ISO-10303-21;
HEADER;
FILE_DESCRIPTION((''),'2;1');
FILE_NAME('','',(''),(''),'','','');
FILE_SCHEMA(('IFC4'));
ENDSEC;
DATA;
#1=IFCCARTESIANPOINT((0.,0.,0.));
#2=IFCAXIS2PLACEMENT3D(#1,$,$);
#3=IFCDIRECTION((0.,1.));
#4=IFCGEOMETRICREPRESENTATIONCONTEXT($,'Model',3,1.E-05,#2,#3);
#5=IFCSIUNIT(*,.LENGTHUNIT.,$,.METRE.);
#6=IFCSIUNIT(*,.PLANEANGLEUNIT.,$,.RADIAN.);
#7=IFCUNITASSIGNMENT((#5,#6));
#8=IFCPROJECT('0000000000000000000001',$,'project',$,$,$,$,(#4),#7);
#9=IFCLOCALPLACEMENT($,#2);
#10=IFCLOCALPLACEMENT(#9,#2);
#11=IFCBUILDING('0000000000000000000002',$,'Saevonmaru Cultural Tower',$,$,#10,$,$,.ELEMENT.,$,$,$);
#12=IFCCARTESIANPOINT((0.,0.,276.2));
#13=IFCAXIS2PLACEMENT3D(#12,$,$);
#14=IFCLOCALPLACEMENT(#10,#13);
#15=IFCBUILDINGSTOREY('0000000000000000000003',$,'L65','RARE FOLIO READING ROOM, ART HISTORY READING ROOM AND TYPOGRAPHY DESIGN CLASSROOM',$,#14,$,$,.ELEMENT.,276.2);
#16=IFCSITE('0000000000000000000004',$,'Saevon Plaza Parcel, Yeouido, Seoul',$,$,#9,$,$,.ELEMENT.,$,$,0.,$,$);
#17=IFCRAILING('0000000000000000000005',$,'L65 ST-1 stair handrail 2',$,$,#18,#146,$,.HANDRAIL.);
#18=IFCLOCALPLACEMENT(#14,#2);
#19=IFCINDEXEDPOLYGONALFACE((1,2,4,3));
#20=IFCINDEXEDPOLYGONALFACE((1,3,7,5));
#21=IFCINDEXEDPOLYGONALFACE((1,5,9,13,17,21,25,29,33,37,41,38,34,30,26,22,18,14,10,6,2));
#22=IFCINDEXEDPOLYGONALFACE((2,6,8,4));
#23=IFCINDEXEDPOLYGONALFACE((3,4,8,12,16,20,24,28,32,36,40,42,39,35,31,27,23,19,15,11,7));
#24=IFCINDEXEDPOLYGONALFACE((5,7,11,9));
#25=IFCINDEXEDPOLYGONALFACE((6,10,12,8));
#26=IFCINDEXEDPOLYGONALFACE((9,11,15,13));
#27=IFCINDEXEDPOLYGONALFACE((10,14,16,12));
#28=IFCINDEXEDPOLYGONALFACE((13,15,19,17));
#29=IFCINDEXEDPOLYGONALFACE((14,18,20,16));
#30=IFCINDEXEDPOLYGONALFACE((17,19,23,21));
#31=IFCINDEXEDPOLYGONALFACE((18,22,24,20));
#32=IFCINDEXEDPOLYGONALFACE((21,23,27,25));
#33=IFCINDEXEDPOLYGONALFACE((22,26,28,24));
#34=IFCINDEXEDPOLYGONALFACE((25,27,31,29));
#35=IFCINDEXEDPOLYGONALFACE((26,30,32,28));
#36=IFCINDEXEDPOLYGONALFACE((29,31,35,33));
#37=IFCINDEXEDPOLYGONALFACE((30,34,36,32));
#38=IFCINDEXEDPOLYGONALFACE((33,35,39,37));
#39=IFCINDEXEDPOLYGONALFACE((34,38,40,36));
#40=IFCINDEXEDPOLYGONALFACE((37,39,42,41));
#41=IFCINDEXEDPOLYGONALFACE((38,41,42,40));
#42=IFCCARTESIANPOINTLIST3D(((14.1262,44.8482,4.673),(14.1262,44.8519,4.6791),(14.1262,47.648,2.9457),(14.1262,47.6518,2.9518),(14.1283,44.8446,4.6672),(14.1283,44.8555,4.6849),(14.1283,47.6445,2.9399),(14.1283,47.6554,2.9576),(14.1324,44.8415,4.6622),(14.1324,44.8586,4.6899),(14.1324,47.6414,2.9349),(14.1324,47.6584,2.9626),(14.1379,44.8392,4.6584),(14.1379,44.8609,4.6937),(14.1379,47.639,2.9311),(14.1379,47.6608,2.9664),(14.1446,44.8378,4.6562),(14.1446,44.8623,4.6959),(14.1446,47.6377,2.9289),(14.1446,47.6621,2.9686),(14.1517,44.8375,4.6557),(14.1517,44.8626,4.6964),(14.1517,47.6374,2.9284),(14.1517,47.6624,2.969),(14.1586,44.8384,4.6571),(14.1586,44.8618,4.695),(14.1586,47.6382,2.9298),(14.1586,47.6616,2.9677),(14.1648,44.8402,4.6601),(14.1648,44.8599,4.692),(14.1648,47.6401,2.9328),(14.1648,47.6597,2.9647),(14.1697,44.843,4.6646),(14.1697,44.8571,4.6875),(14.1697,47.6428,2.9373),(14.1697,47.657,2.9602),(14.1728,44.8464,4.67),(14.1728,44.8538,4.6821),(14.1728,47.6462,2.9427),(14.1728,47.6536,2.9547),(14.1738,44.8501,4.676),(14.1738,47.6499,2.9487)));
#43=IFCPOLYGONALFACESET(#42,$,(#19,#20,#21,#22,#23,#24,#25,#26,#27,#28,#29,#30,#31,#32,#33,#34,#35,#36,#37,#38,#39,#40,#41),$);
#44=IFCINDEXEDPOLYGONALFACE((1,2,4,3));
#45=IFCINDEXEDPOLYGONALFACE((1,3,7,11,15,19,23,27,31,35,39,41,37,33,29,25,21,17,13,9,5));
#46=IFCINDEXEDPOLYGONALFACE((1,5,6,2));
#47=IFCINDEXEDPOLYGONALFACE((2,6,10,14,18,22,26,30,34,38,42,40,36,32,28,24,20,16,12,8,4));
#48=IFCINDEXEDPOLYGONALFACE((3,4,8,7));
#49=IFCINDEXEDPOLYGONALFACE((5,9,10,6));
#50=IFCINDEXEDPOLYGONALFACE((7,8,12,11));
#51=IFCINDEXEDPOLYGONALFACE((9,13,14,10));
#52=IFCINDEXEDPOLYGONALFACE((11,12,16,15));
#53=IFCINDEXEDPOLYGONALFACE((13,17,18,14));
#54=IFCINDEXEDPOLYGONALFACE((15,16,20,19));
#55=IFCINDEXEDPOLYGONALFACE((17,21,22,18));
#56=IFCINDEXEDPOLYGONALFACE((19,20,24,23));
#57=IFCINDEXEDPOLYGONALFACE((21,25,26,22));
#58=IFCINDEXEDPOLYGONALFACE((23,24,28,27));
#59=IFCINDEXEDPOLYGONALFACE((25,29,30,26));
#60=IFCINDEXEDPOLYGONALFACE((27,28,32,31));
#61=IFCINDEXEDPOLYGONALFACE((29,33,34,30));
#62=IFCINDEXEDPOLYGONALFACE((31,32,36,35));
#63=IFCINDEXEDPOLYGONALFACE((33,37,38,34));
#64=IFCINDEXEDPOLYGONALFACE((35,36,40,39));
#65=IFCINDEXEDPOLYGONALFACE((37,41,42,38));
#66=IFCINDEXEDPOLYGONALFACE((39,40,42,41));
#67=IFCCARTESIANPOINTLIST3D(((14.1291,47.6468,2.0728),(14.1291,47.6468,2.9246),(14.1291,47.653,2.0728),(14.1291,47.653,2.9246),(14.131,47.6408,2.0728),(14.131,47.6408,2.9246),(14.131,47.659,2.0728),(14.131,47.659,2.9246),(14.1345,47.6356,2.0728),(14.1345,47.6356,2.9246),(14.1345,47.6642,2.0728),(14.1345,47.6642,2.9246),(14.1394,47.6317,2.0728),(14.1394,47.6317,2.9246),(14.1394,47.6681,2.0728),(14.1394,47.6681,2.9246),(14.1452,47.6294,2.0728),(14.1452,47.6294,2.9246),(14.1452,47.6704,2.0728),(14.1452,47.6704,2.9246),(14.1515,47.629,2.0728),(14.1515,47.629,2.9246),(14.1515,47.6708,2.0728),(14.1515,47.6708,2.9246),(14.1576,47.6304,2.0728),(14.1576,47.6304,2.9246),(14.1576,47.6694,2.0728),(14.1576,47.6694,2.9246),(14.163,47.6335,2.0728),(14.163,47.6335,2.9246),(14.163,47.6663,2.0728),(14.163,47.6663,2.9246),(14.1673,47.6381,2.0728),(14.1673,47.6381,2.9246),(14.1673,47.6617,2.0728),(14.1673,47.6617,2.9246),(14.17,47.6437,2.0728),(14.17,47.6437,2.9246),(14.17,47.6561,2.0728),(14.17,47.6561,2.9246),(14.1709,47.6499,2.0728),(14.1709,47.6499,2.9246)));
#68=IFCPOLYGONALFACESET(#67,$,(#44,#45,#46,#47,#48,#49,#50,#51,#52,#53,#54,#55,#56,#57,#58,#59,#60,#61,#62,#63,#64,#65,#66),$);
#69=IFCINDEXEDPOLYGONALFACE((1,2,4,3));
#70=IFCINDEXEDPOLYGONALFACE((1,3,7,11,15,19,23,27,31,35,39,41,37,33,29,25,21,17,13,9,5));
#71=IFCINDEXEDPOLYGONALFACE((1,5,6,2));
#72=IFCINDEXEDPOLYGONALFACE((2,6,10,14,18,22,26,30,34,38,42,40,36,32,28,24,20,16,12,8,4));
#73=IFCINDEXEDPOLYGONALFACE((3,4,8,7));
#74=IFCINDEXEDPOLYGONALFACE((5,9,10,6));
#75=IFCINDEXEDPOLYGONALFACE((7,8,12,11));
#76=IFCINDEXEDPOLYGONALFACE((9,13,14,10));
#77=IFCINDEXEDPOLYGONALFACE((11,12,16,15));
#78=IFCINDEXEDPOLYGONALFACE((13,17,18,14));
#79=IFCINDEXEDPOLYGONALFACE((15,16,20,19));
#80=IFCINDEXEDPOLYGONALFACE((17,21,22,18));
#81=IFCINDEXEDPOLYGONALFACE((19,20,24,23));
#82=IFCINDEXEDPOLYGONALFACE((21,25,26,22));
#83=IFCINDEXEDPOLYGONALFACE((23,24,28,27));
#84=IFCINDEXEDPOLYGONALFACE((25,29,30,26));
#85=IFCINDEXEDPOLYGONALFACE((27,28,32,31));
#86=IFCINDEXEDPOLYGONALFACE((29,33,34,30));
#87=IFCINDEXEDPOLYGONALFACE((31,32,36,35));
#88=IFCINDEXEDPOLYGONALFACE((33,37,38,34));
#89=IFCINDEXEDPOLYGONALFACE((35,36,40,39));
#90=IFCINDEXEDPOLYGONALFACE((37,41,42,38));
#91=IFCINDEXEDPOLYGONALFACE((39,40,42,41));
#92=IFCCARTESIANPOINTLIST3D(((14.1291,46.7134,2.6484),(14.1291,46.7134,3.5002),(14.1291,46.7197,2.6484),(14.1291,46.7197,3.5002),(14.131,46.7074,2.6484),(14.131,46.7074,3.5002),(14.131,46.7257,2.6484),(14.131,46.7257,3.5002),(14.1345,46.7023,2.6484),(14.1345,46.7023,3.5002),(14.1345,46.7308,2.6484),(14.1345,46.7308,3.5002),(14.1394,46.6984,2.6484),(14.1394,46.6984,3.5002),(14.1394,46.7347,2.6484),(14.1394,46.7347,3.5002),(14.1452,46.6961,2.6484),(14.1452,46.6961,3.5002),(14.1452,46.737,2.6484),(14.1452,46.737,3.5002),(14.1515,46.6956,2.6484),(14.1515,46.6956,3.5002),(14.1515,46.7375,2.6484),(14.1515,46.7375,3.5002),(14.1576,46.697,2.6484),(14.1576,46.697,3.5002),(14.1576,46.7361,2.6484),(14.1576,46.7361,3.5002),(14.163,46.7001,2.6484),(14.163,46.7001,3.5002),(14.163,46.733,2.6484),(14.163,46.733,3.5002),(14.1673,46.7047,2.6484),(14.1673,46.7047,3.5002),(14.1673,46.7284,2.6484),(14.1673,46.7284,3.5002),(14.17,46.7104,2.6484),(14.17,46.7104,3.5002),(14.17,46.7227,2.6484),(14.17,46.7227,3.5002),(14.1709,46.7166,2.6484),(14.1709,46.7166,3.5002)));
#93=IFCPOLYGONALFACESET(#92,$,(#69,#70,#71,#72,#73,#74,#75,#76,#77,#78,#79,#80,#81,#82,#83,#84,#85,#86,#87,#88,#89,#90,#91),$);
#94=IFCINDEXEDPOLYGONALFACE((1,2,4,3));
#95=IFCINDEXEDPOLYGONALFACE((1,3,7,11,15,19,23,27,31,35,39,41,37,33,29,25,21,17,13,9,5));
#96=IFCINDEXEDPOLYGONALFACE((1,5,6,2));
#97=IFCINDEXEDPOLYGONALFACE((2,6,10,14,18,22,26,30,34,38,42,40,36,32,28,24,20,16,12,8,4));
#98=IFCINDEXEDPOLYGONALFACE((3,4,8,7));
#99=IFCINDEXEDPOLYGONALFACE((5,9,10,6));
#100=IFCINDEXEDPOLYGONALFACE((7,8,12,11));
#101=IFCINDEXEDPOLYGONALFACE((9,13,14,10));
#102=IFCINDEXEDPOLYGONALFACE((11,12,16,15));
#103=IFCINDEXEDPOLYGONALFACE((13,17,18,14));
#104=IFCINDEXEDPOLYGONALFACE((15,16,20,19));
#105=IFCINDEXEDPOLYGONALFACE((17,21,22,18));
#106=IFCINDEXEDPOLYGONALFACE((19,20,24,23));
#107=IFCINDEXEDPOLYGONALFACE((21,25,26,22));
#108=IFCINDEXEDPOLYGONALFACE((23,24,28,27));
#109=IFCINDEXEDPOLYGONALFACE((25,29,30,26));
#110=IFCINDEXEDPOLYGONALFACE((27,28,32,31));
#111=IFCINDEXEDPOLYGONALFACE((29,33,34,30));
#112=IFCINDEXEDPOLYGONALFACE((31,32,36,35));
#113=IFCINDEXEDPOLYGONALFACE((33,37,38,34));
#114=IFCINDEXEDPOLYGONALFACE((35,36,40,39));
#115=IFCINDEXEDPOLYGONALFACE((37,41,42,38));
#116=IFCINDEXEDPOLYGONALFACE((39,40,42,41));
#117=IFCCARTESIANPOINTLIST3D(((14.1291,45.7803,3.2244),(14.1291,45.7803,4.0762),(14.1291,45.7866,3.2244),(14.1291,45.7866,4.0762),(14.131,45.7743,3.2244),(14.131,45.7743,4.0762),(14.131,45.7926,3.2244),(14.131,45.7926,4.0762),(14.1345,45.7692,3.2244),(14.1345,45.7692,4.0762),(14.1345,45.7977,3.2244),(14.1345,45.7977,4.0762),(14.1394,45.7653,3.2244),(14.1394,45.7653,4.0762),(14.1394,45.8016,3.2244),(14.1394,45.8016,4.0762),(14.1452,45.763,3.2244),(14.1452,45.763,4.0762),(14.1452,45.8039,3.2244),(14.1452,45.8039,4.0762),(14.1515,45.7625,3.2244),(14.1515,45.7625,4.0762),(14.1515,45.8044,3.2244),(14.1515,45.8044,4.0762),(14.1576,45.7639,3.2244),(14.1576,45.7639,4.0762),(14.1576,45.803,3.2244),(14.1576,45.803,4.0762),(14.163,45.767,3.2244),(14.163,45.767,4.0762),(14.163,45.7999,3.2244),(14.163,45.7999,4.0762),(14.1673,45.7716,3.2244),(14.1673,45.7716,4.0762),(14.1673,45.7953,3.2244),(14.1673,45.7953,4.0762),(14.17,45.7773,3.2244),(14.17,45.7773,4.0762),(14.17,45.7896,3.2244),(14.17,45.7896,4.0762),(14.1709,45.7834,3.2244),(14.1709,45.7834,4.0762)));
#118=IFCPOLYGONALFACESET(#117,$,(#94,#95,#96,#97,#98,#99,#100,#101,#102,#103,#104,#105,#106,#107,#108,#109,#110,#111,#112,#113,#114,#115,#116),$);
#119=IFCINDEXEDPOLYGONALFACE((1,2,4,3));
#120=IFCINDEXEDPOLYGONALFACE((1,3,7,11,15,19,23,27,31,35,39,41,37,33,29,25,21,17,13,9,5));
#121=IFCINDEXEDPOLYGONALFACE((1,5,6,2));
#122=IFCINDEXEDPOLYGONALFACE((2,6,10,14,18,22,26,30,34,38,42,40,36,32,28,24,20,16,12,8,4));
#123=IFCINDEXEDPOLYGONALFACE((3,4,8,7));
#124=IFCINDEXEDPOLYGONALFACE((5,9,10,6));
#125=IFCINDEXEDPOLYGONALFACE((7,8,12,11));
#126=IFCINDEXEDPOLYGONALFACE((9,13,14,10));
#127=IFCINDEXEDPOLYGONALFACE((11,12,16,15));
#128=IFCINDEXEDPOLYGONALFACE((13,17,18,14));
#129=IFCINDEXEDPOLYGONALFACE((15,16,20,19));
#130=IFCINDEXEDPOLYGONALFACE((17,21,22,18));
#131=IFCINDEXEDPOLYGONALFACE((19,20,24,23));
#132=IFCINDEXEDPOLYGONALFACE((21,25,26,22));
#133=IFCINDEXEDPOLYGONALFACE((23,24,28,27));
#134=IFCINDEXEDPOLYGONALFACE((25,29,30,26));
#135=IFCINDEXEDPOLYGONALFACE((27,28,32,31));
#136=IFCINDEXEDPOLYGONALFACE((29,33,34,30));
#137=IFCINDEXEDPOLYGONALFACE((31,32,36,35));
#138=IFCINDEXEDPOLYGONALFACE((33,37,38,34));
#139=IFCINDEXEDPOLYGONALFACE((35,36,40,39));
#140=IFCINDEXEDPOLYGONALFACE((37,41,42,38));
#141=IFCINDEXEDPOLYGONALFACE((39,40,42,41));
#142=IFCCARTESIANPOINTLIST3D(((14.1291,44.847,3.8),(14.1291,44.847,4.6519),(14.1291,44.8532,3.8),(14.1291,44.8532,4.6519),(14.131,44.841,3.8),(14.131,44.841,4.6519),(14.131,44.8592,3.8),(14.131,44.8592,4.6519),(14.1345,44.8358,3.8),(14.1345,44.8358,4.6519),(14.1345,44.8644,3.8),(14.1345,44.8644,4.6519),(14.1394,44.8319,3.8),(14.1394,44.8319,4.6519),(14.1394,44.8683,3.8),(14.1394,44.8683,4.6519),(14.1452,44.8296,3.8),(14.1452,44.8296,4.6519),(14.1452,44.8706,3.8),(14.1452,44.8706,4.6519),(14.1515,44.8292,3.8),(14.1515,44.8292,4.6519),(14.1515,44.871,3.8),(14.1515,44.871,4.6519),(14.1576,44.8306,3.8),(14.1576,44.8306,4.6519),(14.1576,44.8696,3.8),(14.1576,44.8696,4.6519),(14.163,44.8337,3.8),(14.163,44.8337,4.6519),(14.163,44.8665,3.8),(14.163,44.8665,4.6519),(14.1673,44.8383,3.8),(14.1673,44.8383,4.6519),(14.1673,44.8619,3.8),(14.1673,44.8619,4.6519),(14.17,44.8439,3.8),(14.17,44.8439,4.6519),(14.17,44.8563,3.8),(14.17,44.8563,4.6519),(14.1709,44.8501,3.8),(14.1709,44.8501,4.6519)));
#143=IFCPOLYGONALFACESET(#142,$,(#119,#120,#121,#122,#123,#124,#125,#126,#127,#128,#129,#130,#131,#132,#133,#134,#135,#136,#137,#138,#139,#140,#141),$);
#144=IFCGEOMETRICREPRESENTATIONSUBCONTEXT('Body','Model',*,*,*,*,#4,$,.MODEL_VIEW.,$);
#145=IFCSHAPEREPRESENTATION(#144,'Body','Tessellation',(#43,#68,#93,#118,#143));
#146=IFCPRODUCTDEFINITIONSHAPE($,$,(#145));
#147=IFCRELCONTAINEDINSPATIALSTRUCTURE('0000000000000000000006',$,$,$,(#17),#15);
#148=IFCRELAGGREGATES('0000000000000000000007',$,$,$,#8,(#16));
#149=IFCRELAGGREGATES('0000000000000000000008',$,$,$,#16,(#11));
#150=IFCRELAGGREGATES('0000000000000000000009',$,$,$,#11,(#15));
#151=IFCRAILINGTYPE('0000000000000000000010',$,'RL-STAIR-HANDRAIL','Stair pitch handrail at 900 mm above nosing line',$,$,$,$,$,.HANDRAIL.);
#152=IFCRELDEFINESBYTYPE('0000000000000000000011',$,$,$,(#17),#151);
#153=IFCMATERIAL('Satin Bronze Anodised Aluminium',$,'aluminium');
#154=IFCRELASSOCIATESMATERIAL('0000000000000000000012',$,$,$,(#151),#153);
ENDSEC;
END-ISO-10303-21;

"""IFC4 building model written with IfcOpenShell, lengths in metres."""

from ifc_helpers import new_model, si_unit, direction, frame, origin, origin_2d, place, context, subcontext, project, spatial, circle, extrude, material, type_object, element, save


model = new_model("IFC4")

# Units and contexts
model_context = context("Model", 3, precision=1e-05, world=origin(), true_north=direction((0.0, 1.0)))
body_context = subcontext(model_context, "Body", "Model", "MODEL_VIEW")
ifc_project = project(units=[si_unit("LENGTHUNIT", "METRE"), si_unit("PLANEANGLEUNIT", "RADIAN")], contexts=[model_context])

# Site, building, storey
site_placement = place(None, origin())
site = spatial("IfcSite", under=ifc_project, at=site_placement, Name="Saevon Plaza Parcel, Yeouido, Seoul", CompositionType="ELEMENT", RefElevation=0.0)
building_placement = place(site_placement, origin())
building = spatial("IfcBuilding", under=site, at=building_placement, Name="Saevonmaru Cultural Tower", CompositionType="ELEMENT")
storey_placement = place(building_placement, frame((0.0, 0.0, 276.2)))
storey = spatial("IfcBuildingStorey", under=building, at=storey_placement, Name="L65", Description="RARE FOLIO READING ROOM, ART HISTORY READING ROOM AND TYPOGRAPHY DESIGN CLASSROOM", CompositionType="ELEMENT", Elevation=276.2)

# Shared definitions
ifc_material_1 = material(Name="Satin Bronze Anodised Aluminium", Category="aluminium")

# Railing
railing_type_1 = type_object("IfcRailingType", Name="RL-STAIR-HANDRAIL", Description="Stair pitch handrail at 900 mm above nosing line", PredefinedType="HANDRAIL", material=ifc_material_1)
railing_1_placement = place(storey_placement, frame((14.1499, 47.6499, 2.0728)))
element("IfcRailing", 1, at=railing_1_placement, inside=storey, type_object=railing_type_1, Name="L65 ST-1 stair handrail 2", PredefinedType="HANDRAIL", context=body_context, shape_type="SweptSolid", body=[
    extrude(circle(Radius=0.0239, at=origin_2d()), frame((0.0, 0.0, 0.876), z_axis=(0.0, -0.851069, 0.525054), x_axis=(1.0, 0.0, 0.0)), (0.0, 0.0, 1.0), 3.2898),
    extrude(circle(Radius=0.021, at=origin_2d()), origin(), (0.0, 0.0, 1.0), 0.8518),
    extrude(circle(Radius=0.021, at=origin_2d()), frame((0.0, -0.9333, 0.5757)), (0.0, 0.0, 1.0), 0.8518),
    extrude(circle(Radius=0.021, at=origin_2d()), frame((0.0, -1.8665, 1.1516)), (0.0, 0.0, 1.0), 0.8518),
    extrude(circle(Radius=0.021, at=origin_2d()), frame((0.0, -2.7998, 1.7273)), (0.0, 0.0, 1.0), 0.8518),
])

save(model, "model.ifc")
